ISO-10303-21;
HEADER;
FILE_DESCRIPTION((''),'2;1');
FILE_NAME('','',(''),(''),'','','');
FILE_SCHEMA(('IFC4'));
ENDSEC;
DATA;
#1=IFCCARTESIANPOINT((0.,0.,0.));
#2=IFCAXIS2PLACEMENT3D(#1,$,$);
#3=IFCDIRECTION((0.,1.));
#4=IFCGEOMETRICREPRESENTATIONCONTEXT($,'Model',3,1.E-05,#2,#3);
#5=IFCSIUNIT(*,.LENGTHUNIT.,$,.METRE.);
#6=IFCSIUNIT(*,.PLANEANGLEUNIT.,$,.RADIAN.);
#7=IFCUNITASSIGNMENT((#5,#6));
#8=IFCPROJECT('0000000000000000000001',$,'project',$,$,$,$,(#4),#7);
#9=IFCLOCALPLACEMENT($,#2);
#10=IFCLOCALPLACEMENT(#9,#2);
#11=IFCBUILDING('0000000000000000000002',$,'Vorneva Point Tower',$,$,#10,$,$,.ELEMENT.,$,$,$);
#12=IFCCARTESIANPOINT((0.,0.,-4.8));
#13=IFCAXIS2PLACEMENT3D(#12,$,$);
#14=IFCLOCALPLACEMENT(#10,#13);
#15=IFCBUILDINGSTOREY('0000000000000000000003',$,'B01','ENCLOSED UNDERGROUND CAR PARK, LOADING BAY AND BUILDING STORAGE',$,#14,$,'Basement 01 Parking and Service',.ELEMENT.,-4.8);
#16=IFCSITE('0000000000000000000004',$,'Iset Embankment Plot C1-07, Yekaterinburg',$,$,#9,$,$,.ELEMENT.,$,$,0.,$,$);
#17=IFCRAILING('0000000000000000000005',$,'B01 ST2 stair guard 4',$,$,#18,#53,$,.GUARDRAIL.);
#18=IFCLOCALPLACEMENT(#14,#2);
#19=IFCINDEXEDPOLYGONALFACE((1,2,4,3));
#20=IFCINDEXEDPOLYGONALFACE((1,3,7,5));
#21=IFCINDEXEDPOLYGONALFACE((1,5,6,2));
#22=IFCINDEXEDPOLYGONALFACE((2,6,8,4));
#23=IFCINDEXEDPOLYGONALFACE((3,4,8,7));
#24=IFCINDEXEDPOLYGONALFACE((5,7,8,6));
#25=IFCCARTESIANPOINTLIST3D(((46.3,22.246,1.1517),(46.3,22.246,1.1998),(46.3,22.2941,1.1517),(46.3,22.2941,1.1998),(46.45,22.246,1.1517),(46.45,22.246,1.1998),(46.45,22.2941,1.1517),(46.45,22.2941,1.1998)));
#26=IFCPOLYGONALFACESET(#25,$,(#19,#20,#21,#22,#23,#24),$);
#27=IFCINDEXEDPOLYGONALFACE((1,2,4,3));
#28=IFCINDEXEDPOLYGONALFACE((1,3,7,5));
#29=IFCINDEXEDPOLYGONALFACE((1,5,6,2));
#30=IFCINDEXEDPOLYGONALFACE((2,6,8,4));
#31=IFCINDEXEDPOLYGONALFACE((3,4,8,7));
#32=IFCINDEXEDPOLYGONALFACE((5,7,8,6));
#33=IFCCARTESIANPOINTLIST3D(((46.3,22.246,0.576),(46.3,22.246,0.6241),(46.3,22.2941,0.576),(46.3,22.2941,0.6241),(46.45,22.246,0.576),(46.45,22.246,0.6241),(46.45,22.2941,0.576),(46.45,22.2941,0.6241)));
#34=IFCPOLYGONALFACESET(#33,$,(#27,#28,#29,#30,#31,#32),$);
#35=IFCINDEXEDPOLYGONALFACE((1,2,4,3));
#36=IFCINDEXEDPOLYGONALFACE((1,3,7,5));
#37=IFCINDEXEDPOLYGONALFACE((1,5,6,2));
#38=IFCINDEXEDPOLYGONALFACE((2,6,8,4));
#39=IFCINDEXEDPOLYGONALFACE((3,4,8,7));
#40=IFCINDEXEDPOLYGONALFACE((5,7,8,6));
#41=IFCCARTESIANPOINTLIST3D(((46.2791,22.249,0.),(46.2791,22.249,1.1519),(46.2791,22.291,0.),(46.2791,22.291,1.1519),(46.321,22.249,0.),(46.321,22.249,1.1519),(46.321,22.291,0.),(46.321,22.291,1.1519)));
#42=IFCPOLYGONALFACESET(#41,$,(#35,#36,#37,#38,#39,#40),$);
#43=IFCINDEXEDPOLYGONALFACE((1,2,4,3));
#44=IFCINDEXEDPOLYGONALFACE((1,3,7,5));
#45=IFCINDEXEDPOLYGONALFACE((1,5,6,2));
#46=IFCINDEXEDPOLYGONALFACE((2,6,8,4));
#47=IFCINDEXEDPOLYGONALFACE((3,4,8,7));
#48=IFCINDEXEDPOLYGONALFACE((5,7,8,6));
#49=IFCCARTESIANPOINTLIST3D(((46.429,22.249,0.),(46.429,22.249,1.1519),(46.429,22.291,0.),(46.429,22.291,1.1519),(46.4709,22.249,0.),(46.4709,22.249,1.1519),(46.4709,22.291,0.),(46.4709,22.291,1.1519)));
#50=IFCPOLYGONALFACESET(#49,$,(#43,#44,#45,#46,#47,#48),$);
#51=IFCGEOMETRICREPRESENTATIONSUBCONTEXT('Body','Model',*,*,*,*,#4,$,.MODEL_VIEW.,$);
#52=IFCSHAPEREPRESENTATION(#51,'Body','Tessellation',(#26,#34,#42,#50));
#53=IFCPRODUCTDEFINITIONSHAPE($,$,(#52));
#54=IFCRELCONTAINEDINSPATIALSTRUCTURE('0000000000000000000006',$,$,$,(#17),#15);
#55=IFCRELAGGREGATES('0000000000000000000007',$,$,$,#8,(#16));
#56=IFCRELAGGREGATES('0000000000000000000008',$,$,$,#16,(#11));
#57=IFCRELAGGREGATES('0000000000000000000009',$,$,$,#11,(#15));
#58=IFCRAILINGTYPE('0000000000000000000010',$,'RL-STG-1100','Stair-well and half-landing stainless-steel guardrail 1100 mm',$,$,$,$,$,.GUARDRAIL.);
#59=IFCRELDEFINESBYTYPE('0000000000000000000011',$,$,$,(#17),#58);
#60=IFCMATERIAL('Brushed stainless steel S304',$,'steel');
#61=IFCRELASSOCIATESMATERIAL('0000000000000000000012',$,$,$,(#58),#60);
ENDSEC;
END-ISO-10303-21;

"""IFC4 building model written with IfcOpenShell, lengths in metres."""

from ifc_helpers import new_model, si_unit, direction, frame, origin, origin_2d, place, context, subcontext, project, spatial, rectangle, extrude, material, type_object, element, save


model = new_model("IFC4")

# Units and contexts
model_context = context("Model", 3, precision=1e-05, world=origin(), true_north=direction((0.0, 1.0)))
body_context = subcontext(model_context, "Body", "Model", "MODEL_VIEW")
ifc_project = project(units=[si_unit("LENGTHUNIT", "METRE"), si_unit("PLANEANGLEUNIT", "RADIAN")], contexts=[model_context])

# Site, building, storey
site_placement = place(None, origin())
site = spatial("IfcSite", under=ifc_project, at=site_placement, Name="Iset Embankment Plot C1-07, Yekaterinburg", CompositionType="ELEMENT", RefElevation=0.0)
building_placement = place(site_placement, origin())
building = spatial("IfcBuilding", under=site, at=building_placement, Name="Vorneva Point Tower", CompositionType="ELEMENT")
storey_placement = place(building_placement, frame((0.0, 0.0, -4.8)))
storey = spatial("IfcBuildingStorey", under=building, at=storey_placement, Name="B01", Description="ENCLOSED UNDERGROUND CAR PARK, LOADING BAY AND BUILDING STORAGE", LongName="Basement 01 Parking and Service", CompositionType="ELEMENT", Elevation=-4.8)

# Shared definitions
ifc_material_1 = material(Name="Brushed stainless steel S304", Category="steel")

# Railing
railing_type_1 = type_object("IfcRailingType", Name="RL-STG-1100", Description="Stair-well and half-landing stainless-steel guardrail 1100 mm", PredefinedType="GUARDRAIL", material=ifc_material_1)
railing_1_placement = place(storey_placement, frame((46.3, 22.27, 0.0)))
element("IfcRailing", 1, at=railing_1_placement, inside=storey, type_object=railing_type_1, Name="B01 ST2 stair guard 4", PredefinedType="GUARDRAIL", context=body_context, shape_type="SweptSolid", body=[
    extrude(rectangle(XDim=0.0481, YDim=0.0481, at=origin_2d()), frame((0.0, 0.0, 1.1758), z_axis=(1.0, 0.0, 0.0), x_axis=(0.0, 1.0, 0.0)), (0.0, 0.0, 1.0), 0.1499),
    extrude(rectangle(XDim=0.0481, YDim=0.0481, at=origin_2d()), frame((0.0, 0.0, 0.6001), z_axis=(1.0, 0.0, 0.0), x_axis=(0.0, 1.0, 0.0)), (0.0, 0.0, 1.0), 0.1499),
    extrude(rectangle(XDim=0.042, YDim=0.042, at=origin_2d()), origin(), (0.0, 0.0, 1.0), 1.1519),
    extrude(rectangle(XDim=0.042, YDim=0.042, at=origin_2d()), frame((0.1499, 0.0, 0.0)), (0.0, 0.0, 1.0), 1.1519),
])

save(model, "model.ifc")
